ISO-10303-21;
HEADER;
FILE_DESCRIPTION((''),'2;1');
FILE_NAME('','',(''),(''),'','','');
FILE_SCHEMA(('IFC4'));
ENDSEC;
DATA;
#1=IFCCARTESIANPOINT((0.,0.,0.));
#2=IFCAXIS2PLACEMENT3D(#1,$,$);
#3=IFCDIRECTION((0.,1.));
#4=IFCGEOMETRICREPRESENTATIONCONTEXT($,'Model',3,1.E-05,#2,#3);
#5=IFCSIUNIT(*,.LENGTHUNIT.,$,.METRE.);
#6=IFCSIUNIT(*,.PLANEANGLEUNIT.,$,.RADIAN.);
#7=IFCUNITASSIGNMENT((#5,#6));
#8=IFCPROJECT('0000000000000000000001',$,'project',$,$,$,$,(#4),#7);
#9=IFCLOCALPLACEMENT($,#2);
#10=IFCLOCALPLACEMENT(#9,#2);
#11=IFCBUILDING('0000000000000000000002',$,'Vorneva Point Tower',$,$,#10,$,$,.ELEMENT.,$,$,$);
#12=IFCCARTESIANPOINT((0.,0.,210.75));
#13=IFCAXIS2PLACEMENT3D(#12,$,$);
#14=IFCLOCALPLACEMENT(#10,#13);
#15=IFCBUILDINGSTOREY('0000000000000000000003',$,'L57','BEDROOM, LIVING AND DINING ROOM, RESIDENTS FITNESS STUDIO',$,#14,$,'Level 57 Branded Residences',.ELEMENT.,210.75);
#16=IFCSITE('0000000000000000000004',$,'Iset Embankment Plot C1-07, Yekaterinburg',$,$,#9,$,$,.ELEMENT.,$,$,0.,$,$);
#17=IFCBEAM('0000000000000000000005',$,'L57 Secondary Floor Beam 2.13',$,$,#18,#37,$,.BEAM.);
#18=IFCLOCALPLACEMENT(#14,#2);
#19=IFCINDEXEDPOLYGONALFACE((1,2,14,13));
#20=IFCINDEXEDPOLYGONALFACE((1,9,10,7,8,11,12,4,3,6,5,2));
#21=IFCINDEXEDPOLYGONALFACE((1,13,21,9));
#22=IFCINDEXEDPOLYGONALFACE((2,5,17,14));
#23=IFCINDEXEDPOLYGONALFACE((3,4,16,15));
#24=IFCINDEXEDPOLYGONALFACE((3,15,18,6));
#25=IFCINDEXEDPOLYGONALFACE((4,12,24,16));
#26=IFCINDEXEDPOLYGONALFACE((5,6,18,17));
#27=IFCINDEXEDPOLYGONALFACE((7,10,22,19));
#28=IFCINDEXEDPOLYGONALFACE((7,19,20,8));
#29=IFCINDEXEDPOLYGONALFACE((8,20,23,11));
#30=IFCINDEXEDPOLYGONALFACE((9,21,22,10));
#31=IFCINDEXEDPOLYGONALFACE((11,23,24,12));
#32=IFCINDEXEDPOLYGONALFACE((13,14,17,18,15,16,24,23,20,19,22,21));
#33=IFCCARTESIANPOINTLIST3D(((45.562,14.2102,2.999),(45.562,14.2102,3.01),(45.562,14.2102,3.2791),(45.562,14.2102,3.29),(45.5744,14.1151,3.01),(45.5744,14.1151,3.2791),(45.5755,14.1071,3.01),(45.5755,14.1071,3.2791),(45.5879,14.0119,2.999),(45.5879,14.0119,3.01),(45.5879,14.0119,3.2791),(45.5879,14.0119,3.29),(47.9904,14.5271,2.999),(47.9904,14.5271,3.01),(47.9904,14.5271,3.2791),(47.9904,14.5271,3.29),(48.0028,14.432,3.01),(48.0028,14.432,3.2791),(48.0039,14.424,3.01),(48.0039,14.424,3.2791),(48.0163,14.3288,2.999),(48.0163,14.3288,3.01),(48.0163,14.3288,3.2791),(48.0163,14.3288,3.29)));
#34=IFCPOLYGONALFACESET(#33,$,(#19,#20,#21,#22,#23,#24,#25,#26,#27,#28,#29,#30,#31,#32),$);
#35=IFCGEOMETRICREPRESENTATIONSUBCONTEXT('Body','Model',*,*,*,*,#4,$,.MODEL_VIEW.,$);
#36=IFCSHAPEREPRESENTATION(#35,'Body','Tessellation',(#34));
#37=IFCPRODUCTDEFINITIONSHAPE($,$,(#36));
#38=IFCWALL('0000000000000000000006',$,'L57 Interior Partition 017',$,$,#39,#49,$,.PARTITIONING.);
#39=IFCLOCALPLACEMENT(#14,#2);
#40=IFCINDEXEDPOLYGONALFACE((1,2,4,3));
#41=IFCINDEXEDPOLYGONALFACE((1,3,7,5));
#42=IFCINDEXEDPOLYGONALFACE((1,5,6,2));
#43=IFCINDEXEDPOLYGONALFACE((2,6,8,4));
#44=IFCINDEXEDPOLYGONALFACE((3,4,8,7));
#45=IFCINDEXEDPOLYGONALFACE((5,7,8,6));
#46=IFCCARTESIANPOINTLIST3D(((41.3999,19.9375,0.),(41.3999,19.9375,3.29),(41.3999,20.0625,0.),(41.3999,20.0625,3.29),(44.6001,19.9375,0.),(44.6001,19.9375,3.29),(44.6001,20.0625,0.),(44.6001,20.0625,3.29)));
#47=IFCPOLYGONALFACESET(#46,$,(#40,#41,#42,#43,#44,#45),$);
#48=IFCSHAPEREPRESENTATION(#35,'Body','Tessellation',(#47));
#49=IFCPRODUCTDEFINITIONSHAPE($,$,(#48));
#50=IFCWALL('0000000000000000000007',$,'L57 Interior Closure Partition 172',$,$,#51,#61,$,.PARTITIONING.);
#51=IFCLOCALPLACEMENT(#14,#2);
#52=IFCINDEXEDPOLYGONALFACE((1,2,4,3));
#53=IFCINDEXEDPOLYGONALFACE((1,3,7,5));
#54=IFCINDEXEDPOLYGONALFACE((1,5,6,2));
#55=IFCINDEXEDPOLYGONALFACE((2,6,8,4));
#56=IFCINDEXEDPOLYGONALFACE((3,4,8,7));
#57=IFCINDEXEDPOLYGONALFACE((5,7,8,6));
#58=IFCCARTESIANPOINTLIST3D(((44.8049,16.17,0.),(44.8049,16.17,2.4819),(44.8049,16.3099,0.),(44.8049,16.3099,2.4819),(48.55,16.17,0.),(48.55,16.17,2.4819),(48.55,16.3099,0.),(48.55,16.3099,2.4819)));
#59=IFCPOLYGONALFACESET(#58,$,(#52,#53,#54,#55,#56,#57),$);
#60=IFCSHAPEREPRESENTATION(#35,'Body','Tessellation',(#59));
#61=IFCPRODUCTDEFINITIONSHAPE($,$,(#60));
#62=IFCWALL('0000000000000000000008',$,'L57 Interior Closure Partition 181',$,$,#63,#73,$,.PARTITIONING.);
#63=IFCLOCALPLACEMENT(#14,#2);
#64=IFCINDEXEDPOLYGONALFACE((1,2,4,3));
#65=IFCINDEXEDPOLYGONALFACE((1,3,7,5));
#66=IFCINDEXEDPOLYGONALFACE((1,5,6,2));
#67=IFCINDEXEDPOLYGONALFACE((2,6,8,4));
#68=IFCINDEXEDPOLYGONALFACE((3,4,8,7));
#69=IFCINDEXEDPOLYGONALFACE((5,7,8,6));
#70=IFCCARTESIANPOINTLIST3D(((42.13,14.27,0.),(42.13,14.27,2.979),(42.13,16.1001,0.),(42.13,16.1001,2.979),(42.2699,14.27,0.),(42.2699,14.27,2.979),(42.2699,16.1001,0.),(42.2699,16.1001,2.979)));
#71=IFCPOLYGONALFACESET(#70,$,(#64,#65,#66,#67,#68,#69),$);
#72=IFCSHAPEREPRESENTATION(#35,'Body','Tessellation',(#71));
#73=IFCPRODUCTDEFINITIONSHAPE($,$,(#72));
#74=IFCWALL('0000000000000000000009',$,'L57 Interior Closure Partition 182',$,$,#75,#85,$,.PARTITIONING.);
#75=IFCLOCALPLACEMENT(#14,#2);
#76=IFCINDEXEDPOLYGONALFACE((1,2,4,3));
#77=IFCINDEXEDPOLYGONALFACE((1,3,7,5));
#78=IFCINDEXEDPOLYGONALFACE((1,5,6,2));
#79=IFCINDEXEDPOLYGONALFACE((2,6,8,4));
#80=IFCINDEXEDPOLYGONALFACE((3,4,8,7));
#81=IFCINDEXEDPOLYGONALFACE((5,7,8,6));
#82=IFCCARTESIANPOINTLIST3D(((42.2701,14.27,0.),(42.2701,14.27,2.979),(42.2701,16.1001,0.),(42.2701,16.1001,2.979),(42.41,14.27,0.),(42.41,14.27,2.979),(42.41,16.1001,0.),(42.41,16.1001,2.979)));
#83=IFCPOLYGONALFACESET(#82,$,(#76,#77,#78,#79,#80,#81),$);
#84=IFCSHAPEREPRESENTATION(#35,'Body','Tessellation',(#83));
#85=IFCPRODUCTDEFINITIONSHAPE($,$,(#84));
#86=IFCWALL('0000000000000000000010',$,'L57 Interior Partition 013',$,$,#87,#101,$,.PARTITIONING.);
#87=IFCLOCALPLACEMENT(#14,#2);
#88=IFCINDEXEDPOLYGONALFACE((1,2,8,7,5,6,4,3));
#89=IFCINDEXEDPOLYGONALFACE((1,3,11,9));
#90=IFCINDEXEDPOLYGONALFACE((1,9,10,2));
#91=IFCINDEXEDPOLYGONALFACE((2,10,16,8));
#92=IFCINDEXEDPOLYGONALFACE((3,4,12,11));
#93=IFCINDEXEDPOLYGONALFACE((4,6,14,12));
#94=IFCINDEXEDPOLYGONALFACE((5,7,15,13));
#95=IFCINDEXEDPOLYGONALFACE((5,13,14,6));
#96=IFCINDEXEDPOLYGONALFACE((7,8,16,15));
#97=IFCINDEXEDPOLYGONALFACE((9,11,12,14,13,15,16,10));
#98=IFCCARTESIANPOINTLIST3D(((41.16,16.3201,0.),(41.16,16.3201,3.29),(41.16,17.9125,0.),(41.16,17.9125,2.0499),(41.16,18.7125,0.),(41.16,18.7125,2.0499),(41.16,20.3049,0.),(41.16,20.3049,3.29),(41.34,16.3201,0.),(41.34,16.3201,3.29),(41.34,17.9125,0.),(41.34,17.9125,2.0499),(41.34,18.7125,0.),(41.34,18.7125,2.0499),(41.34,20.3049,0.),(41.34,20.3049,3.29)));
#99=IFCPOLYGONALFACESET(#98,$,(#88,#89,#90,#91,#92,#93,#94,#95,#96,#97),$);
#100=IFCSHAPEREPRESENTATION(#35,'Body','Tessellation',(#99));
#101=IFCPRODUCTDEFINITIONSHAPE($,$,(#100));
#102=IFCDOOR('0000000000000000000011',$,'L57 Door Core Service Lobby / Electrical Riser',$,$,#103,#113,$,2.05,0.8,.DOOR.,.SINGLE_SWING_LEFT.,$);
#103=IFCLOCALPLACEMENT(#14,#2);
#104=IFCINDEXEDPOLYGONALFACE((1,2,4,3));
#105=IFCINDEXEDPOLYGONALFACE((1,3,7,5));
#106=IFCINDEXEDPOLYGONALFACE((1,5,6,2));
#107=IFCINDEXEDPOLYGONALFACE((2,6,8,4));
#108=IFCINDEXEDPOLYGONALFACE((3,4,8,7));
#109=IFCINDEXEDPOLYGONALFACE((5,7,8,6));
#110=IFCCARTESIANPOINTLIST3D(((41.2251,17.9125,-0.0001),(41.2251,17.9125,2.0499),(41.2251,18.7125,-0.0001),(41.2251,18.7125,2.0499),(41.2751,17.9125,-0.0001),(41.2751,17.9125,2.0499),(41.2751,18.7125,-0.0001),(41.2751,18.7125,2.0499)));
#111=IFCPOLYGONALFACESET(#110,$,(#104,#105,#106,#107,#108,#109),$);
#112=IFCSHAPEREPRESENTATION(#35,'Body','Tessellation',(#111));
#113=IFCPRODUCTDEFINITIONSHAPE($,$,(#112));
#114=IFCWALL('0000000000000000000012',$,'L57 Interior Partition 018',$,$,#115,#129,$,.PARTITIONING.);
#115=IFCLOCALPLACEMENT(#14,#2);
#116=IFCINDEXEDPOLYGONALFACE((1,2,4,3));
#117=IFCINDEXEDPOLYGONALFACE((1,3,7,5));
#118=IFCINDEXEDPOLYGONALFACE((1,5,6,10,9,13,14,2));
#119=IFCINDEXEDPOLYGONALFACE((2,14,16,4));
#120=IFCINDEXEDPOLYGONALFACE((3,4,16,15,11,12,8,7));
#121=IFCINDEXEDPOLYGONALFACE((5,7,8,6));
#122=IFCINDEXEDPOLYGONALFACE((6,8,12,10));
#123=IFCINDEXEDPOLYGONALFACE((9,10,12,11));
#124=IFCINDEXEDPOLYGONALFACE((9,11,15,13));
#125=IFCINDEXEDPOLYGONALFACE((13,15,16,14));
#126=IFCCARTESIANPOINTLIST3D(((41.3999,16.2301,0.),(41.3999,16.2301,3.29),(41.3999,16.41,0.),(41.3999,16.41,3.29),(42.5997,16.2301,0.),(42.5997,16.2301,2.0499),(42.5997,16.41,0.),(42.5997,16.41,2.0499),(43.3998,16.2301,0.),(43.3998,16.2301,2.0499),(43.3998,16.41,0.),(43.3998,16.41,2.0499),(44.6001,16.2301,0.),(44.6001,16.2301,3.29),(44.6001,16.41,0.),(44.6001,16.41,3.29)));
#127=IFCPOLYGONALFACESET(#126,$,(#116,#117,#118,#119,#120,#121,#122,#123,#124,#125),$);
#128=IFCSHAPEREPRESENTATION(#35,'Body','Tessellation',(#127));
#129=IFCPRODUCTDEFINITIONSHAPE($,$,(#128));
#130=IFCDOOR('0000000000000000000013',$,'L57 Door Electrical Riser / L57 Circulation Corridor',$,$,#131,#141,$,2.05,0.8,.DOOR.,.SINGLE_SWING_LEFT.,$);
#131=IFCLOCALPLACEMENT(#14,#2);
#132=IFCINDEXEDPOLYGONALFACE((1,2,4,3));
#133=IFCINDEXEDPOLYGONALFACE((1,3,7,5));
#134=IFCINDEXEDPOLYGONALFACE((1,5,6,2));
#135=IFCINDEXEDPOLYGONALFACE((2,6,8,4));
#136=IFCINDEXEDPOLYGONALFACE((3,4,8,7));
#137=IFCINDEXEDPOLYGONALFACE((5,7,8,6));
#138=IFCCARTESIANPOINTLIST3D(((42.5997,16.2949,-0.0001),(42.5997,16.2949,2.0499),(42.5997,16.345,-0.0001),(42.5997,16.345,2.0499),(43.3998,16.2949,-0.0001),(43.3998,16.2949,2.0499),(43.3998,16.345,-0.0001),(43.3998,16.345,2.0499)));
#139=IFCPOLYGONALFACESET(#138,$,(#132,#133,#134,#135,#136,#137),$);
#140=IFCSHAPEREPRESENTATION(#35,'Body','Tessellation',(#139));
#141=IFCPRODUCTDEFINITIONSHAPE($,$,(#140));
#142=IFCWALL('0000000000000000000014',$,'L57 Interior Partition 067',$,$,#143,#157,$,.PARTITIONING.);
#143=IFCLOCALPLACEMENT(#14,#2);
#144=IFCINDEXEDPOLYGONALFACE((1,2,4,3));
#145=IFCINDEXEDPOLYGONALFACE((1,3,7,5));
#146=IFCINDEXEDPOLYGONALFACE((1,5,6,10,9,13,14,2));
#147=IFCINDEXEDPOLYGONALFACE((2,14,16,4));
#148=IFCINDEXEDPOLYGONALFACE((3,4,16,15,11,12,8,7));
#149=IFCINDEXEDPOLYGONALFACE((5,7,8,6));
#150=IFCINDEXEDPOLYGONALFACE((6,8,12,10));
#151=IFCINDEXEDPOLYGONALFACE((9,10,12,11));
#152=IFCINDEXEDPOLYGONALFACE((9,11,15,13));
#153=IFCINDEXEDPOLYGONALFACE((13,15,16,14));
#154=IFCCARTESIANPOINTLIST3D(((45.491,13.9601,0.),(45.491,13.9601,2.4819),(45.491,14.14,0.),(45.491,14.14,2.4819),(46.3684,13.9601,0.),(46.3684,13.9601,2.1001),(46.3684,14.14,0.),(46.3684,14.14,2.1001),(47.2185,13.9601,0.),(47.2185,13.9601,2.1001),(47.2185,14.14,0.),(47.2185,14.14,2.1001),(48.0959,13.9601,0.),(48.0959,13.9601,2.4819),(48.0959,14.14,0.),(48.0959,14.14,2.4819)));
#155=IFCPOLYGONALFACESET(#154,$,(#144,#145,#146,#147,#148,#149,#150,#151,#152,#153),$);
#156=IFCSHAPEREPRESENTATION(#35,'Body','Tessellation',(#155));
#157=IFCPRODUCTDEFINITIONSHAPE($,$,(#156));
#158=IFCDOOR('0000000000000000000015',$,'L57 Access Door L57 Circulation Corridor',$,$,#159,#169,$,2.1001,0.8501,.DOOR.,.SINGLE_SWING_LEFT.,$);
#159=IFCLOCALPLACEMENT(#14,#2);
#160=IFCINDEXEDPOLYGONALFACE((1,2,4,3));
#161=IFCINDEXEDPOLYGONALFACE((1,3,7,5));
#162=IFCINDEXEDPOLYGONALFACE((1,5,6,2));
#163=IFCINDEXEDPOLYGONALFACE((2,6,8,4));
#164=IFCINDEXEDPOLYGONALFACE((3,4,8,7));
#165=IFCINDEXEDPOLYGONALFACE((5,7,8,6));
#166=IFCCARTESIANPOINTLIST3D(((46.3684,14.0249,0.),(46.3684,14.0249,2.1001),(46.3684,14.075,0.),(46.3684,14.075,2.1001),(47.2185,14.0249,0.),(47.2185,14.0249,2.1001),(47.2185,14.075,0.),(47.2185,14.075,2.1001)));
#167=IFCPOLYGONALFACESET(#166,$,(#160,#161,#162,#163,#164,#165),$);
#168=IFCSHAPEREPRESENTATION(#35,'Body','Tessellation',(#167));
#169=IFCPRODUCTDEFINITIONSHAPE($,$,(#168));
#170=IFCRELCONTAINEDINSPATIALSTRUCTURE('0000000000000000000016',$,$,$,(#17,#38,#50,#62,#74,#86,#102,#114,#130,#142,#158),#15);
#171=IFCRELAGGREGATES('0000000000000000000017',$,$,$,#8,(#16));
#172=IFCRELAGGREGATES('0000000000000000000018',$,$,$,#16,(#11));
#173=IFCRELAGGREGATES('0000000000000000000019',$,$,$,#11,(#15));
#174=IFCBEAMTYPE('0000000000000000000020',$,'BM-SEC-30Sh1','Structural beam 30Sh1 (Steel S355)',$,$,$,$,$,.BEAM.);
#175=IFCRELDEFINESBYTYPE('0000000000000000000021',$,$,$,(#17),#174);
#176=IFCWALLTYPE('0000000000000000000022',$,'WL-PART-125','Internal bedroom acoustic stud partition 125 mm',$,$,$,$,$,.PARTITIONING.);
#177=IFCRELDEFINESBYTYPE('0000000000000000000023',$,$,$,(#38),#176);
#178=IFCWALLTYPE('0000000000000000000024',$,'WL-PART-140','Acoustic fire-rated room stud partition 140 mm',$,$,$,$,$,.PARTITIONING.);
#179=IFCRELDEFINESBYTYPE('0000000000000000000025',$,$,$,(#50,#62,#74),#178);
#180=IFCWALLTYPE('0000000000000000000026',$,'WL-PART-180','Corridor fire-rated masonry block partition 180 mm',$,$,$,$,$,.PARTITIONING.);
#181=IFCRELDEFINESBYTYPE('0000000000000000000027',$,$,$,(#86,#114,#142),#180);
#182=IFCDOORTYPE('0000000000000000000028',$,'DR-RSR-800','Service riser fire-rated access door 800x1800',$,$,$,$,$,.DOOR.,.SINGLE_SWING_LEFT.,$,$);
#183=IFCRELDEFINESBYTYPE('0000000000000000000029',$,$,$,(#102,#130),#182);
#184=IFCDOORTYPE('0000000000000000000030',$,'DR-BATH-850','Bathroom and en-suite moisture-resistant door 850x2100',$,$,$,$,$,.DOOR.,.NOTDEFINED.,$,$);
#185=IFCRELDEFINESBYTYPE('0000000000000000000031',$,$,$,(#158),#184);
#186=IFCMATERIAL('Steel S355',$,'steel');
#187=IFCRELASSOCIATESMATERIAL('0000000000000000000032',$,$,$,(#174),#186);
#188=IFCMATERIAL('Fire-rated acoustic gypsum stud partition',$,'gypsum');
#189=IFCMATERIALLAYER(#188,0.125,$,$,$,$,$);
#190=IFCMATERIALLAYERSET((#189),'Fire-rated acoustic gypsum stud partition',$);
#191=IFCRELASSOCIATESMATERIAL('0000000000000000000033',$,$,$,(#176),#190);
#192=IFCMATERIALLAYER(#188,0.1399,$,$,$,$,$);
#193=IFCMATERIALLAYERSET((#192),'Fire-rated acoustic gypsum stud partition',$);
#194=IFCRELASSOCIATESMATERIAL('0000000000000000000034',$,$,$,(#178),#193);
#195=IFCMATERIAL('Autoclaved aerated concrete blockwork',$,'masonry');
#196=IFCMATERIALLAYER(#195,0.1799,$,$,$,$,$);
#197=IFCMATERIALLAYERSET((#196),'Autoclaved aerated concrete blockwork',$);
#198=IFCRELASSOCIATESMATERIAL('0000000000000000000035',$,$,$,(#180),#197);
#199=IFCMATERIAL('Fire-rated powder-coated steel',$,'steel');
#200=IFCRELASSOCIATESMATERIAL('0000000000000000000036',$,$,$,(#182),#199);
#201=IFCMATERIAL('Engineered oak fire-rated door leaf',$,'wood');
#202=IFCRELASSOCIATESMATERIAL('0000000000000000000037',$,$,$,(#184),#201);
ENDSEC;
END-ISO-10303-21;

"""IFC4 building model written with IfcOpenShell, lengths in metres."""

from ifc_helpers import new_model, si_unit, direction, frame, frame_2d, origin, origin_2d, place, context, subcontext, project, spatial, rectangle, i_section, extrude, material, layer, layer_set, material_profile, profile_set, type_object, element, fill, save


model = new_model("IFC4")

# Units and contexts
model_context = context("Model", 3, precision=1e-05, world=origin(), true_north=direction((0.0, 1.0)))
body_context = subcontext(model_context, "Body", "Model", "MODEL_VIEW")
ifc_project = project(units=[si_unit("LENGTHUNIT", "METRE"), si_unit("PLANEANGLEUNIT", "RADIAN")], contexts=[model_context])

# Site, building, storey
site_placement = place(None, origin())
site = spatial("IfcSite", under=ifc_project, at=site_placement, Name="Iset Embankment Plot C1-07, Yekaterinburg", CompositionType="ELEMENT", RefElevation=0.0)
building_placement = place(site_placement, origin())
building = spatial("IfcBuilding", under=site, at=building_placement, Name="Vorneva Point Tower", CompositionType="ELEMENT")
storey_placement = place(building_placement, frame((0.0, 0.0, 210.75)))
storey = spatial("IfcBuildingStorey", under=building, at=storey_placement, Name="L57", Description="BEDROOM, LIVING AND DINING ROOM, RESIDENTS FITNESS STUDIO", LongName="Level 57 Branded Residences", CompositionType="ELEMENT", Elevation=210.75)

# Beam
ifc_material_1 = material(Name="Steel S355", Category="steel")
ifc_material_profile = material_profile(ifc_material_1, i_section(OverallWidth=0.2, OverallDepth=0.291, WebThickness=0.0081, FlangeThickness=0.011, at=origin_2d()), Name="30Sh1")
ifc_profile_set = profile_set([ifc_material_profile], Name="Steel S355")
beam_type = type_object("IfcBeamType", Name="BM-SEC-30Sh1", Description="Structural beam 30Sh1 (Steel S355)", PredefinedType="BEAM", material=ifc_profile_set)
beam_placement = place(storey_placement, frame((45.575, 14.1111, 3.1445), z_axis=(0.991593, 0.129395, 0.0), x_axis=(-0.129395, 0.991593, 0.0)))
element("IfcBeam", 1, at=beam_placement, inside=storey, type_object=beam_type, Name="L57 Secondary Floor Beam 2.13", PredefinedType="BEAM", context=body_context, shape_type="SweptSolid", body=[
    extrude(i_section(OverallWidth=0.2, OverallDepth=0.291, WebThickness=0.0081, FlangeThickness=0.011, at=origin_2d()), origin(), (0.0, 0.0, 1.0), 2.449),
])

# Walls
ifc_material_2 = material(Name="Fire-rated acoustic gypsum stud partition", Category="gypsum")
ifc_layer_1 = layer(ifc_material_2, 0.125)
ifc_layer_set_1 = layer_set([ifc_layer_1], Name="Fire-rated acoustic gypsum stud partition")
wall_type_1 = type_object("IfcWallType", Name="WL-PART-125", Description="Internal bedroom acoustic stud partition 125 mm", PredefinedType="PARTITIONING", material=ifc_layer_set_1)
wall_1_placement = place(storey_placement, frame((44.6001, 20.0, 0.0), z_axis=(0.0, 0.0, 1.0), x_axis=(-1.0, 0.0, 0.0)))
element("IfcWall", 2, at=wall_1_placement, inside=storey, type_object=wall_type_1, Name="L57 Interior Partition 017", PredefinedType="PARTITIONING", context=body_context, shape_type="SweptSolid", body=[
    extrude(rectangle(XDim=3.2002, YDim=0.125, at=frame_2d((1.6001, 0.0))), origin(), (0.0, 0.0, 1.0), 3.29),
])
ifc_layer_2 = layer(ifc_material_2, 0.1399)
ifc_layer_set_2 = layer_set([ifc_layer_2], Name="Fire-rated acoustic gypsum stud partition")
wall_type_2 = type_object("IfcWallType", Name="WL-PART-140", Description="Acoustic fire-rated room stud partition 140 mm", PredefinedType="PARTITIONING", material=ifc_layer_set_2)
wall_2_placement = place(storey_placement, frame((44.8049, 16.24, 0.0), z_axis=(0.0, 0.0, 1.0), x_axis=(1.0, 0.0, 0.0)))
element("IfcWall", 3, at=wall_2_placement, inside=storey, type_object=wall_type_2, Name="L57 Interior Closure Partition 172", PredefinedType="PARTITIONING", context=body_context, shape_type="SweptSolid", body=[
    extrude(rectangle(XDim=3.7451, YDim=0.1399, at=frame_2d((1.8726, 0.0))), origin(), (0.0, 0.0, 1.0), 2.4819),
])
for number, where, z_axis, x_axis, name in (
    (4, (42.2, 16.1001, 0.0), (0.0, 0.0, 1.0), (0.0, -1.0, 0.0), "L57 Interior Closure Partition 181"),
    (5, (42.3401, 14.27, 0.0), (0.0, 0.0, 1.0), (0.0, 1.0, 0.0), "L57 Interior Closure Partition 182"),
):
    element("IfcWall", number, at=place(storey_placement, frame(where, z_axis=z_axis, x_axis=x_axis)), inside=storey, type_object=wall_type_2, Name=name, PredefinedType="PARTITIONING", context=body_context, shape_type="SweptSolid", body=[
        extrude(rectangle(XDim=1.8301, YDim=0.1399, at=frame_2d((0.915, 0.0))), origin(), (0.0, 0.0, 1.0), 2.979),
    ])

# Walls, openings, doors
ifc_material_3 = material(Name="Autoclaved aerated concrete blockwork", Category="masonry")
ifc_layer_3 = layer(ifc_material_3, 0.1799)
ifc_layer_set_3 = layer_set([ifc_layer_3], Name="Autoclaved aerated concrete blockwork")
wall_type_3 = type_object("IfcWallType", Name="WL-PART-180", Description="Corridor fire-rated masonry block partition 180 mm", PredefinedType="PARTITIONING", material=ifc_layer_set_3)
wall_3_placement = place(storey_placement, frame((41.25, 16.3201, 0.0), z_axis=(0.0, 0.0, 1.0), x_axis=(0.0, 1.0, 0.0)))
wall_3 = element("IfcWall", 6, at=wall_3_placement, inside=storey, type_object=wall_type_3, Name="L57 Interior Partition 013", PredefinedType="PARTITIONING", context=body_context, shape_type="SweptSolid", body=[
    extrude(rectangle(XDim=3.9849, YDim=0.1799, at=frame_2d((1.9924, 0.0))), origin(), (0.0, 0.0, 1.0), 3.29),
])
opening_1_placement = place(wall_3_placement, frame((1.5925, 0.0, 0.0)))
opening_1 = element("IfcOpeningElement", 7, at=opening_1_placement, cuts=wall_3, PredefinedType="OPENING", context=body_context, shape_type="SweptSolid", body=[
    extrude(rectangle(XDim=0.8, YDim=2.05, at=frame_2d((0.3999, 1.0249))), frame((0.0, 0.105, 0.0), z_axis=(0.0, -1.0, 0.0), x_axis=(1.0, 0.0, 0.0)), (0.0, 0.0, 1.0), 0.2097),
])
ifc_material_4 = material(Name="Fire-rated powder-coated steel", Category="steel")
door_type_1 = type_object("IfcDoorType", Name="DR-RSR-800", Description="Service riser fire-rated access door 800x1800", OperationType="SINGLE_SWING_LEFT", PredefinedType="DOOR", material=ifc_material_4)
door_1_placement = place(opening_1_placement, origin())
door_1 = element("IfcDoor", 8, at=door_1_placement, inside=storey, type_object=door_type_1, Name="L57 Door Core Service Lobby / Electrical Riser", OperationType="SINGLE_SWING_LEFT", OverallHeight=2.05, OverallWidth=0.8, PredefinedType="DOOR", context=body_context, shape_type="SweptSolid", body=[
    extrude(rectangle(XDim=0.8, YDim=2.05, at=frame_2d((0.3999, 1.0249))), frame((0.0, 0.0249, 0.0), z_axis=(0.0, -1.0, 0.0), x_axis=(1.0, 0.0, 0.0)), (0.0, 0.0, 1.0), 0.05),
])
fill(opening_1, door_1)
wall_4_placement = place(storey_placement, frame((41.3999, 16.3201, 0.0), z_axis=(0.0, 0.0, 1.0), x_axis=(1.0, 0.0, 0.0)))
wall_4 = element("IfcWall", 9, at=wall_4_placement, inside=storey, type_object=wall_type_3, Name="L57 Interior Partition 018", PredefinedType="PARTITIONING", context=body_context, shape_type="SweptSolid", body=[
    extrude(rectangle(XDim=3.2002, YDim=0.1799, at=frame_2d((1.6001, 0.0))), origin(), (0.0, 0.0, 1.0), 3.29),
])
opening_2_placement = place(wall_4_placement, frame((1.2, 0.0, 0.0)))
opening_2 = element("IfcOpeningElement", 10, at=opening_2_placement, cuts=wall_4, PredefinedType="OPENING", context=body_context, shape_type="SweptSolid", body=[
    extrude(rectangle(XDim=0.8, YDim=2.05, at=frame_2d((0.3999, 1.0249))), frame((0.0, 0.105, 0.0), z_axis=(0.0, -1.0, 0.0), x_axis=(1.0, 0.0, 0.0)), (0.0, 0.0, 1.0), 0.2097),
])
door_2_placement = place(opening_2_placement, origin())
door_2 = element("IfcDoor", 11, at=door_2_placement, inside=storey, type_object=door_type_1, Name="L57 Door Electrical Riser / L57 Circulation Corridor", OperationType="SINGLE_SWING_LEFT", OverallHeight=2.05, OverallWidth=0.8, PredefinedType="DOOR", context=body_context, shape_type="SweptSolid", body=[
    extrude(rectangle(XDim=0.8, YDim=2.05, at=frame_2d((0.3999, 1.0249))), frame((0.0, 0.0249, 0.0), z_axis=(0.0, -1.0, 0.0), x_axis=(1.0, 0.0, 0.0)), (0.0, 0.0, 1.0), 0.05),
])
fill(opening_2, door_2)
wall_5_placement = place(storey_placement, frame((45.491, 14.05, 0.0), z_axis=(0.0, 0.0, 1.0), x_axis=(1.0, 0.0, 0.0)))
wall_5 = element("IfcWall", 12, at=wall_5_placement, inside=storey, type_object=wall_type_3, Name="L57 Interior Partition 067", PredefinedType="PARTITIONING", context=body_context, shape_type="SweptSolid", body=[
    extrude(rectangle(XDim=2.605, YDim=0.1799, at=frame_2d((1.3025, 0.0))), origin(), (0.0, 0.0, 1.0), 2.4819),
])
opening_3_placement = place(wall_5_placement, frame((0.8774, 0.0, 0.0)))
opening_3 = element("IfcOpeningElement", 13, at=opening_3_placement, cuts=wall_5, PredefinedType="OPENING", context=body_context, shape_type="SweptSolid", body=[
    extrude(rectangle(XDim=0.8501, YDim=2.1001, at=frame_2d((0.425, 1.05))), frame((0.0, 0.105, 0.0), z_axis=(0.0, -1.0, 0.0), x_axis=(1.0, 0.0, 0.0)), (0.0, 0.0, 1.0), 0.2097),
])
ifc_material_5 = material(Name="Engineered oak fire-rated door leaf", Category="wood")
door_type_2 = type_object("IfcDoorType", Name="DR-BATH-850", Description="Bathroom and en-suite moisture-resistant door 850x2100", OperationType="NOTDEFINED", PredefinedType="DOOR", material=ifc_material_5)
door_3_placement = place(opening_3_placement, origin())
door_3 = element("IfcDoor", 14, at=door_3_placement, inside=storey, type_object=door_type_2, Name="L57 Access Door L57 Circulation Corridor", OperationType="SINGLE_SWING_LEFT", OverallHeight=2.1001, OverallWidth=0.8501, PredefinedType="DOOR", context=body_context, shape_type="SweptSolid", body=[
    extrude(rectangle(XDim=0.8501, YDim=2.1001, at=frame_2d((0.425, 1.05))), frame((0.0, 0.0249, 0.0), z_axis=(0.0, -1.0, 0.0), x_axis=(1.0, 0.0, 0.0)), (0.0, 0.0, 1.0), 0.05),
])
fill(opening_3, door_3)

save(model, "model.ifc")
